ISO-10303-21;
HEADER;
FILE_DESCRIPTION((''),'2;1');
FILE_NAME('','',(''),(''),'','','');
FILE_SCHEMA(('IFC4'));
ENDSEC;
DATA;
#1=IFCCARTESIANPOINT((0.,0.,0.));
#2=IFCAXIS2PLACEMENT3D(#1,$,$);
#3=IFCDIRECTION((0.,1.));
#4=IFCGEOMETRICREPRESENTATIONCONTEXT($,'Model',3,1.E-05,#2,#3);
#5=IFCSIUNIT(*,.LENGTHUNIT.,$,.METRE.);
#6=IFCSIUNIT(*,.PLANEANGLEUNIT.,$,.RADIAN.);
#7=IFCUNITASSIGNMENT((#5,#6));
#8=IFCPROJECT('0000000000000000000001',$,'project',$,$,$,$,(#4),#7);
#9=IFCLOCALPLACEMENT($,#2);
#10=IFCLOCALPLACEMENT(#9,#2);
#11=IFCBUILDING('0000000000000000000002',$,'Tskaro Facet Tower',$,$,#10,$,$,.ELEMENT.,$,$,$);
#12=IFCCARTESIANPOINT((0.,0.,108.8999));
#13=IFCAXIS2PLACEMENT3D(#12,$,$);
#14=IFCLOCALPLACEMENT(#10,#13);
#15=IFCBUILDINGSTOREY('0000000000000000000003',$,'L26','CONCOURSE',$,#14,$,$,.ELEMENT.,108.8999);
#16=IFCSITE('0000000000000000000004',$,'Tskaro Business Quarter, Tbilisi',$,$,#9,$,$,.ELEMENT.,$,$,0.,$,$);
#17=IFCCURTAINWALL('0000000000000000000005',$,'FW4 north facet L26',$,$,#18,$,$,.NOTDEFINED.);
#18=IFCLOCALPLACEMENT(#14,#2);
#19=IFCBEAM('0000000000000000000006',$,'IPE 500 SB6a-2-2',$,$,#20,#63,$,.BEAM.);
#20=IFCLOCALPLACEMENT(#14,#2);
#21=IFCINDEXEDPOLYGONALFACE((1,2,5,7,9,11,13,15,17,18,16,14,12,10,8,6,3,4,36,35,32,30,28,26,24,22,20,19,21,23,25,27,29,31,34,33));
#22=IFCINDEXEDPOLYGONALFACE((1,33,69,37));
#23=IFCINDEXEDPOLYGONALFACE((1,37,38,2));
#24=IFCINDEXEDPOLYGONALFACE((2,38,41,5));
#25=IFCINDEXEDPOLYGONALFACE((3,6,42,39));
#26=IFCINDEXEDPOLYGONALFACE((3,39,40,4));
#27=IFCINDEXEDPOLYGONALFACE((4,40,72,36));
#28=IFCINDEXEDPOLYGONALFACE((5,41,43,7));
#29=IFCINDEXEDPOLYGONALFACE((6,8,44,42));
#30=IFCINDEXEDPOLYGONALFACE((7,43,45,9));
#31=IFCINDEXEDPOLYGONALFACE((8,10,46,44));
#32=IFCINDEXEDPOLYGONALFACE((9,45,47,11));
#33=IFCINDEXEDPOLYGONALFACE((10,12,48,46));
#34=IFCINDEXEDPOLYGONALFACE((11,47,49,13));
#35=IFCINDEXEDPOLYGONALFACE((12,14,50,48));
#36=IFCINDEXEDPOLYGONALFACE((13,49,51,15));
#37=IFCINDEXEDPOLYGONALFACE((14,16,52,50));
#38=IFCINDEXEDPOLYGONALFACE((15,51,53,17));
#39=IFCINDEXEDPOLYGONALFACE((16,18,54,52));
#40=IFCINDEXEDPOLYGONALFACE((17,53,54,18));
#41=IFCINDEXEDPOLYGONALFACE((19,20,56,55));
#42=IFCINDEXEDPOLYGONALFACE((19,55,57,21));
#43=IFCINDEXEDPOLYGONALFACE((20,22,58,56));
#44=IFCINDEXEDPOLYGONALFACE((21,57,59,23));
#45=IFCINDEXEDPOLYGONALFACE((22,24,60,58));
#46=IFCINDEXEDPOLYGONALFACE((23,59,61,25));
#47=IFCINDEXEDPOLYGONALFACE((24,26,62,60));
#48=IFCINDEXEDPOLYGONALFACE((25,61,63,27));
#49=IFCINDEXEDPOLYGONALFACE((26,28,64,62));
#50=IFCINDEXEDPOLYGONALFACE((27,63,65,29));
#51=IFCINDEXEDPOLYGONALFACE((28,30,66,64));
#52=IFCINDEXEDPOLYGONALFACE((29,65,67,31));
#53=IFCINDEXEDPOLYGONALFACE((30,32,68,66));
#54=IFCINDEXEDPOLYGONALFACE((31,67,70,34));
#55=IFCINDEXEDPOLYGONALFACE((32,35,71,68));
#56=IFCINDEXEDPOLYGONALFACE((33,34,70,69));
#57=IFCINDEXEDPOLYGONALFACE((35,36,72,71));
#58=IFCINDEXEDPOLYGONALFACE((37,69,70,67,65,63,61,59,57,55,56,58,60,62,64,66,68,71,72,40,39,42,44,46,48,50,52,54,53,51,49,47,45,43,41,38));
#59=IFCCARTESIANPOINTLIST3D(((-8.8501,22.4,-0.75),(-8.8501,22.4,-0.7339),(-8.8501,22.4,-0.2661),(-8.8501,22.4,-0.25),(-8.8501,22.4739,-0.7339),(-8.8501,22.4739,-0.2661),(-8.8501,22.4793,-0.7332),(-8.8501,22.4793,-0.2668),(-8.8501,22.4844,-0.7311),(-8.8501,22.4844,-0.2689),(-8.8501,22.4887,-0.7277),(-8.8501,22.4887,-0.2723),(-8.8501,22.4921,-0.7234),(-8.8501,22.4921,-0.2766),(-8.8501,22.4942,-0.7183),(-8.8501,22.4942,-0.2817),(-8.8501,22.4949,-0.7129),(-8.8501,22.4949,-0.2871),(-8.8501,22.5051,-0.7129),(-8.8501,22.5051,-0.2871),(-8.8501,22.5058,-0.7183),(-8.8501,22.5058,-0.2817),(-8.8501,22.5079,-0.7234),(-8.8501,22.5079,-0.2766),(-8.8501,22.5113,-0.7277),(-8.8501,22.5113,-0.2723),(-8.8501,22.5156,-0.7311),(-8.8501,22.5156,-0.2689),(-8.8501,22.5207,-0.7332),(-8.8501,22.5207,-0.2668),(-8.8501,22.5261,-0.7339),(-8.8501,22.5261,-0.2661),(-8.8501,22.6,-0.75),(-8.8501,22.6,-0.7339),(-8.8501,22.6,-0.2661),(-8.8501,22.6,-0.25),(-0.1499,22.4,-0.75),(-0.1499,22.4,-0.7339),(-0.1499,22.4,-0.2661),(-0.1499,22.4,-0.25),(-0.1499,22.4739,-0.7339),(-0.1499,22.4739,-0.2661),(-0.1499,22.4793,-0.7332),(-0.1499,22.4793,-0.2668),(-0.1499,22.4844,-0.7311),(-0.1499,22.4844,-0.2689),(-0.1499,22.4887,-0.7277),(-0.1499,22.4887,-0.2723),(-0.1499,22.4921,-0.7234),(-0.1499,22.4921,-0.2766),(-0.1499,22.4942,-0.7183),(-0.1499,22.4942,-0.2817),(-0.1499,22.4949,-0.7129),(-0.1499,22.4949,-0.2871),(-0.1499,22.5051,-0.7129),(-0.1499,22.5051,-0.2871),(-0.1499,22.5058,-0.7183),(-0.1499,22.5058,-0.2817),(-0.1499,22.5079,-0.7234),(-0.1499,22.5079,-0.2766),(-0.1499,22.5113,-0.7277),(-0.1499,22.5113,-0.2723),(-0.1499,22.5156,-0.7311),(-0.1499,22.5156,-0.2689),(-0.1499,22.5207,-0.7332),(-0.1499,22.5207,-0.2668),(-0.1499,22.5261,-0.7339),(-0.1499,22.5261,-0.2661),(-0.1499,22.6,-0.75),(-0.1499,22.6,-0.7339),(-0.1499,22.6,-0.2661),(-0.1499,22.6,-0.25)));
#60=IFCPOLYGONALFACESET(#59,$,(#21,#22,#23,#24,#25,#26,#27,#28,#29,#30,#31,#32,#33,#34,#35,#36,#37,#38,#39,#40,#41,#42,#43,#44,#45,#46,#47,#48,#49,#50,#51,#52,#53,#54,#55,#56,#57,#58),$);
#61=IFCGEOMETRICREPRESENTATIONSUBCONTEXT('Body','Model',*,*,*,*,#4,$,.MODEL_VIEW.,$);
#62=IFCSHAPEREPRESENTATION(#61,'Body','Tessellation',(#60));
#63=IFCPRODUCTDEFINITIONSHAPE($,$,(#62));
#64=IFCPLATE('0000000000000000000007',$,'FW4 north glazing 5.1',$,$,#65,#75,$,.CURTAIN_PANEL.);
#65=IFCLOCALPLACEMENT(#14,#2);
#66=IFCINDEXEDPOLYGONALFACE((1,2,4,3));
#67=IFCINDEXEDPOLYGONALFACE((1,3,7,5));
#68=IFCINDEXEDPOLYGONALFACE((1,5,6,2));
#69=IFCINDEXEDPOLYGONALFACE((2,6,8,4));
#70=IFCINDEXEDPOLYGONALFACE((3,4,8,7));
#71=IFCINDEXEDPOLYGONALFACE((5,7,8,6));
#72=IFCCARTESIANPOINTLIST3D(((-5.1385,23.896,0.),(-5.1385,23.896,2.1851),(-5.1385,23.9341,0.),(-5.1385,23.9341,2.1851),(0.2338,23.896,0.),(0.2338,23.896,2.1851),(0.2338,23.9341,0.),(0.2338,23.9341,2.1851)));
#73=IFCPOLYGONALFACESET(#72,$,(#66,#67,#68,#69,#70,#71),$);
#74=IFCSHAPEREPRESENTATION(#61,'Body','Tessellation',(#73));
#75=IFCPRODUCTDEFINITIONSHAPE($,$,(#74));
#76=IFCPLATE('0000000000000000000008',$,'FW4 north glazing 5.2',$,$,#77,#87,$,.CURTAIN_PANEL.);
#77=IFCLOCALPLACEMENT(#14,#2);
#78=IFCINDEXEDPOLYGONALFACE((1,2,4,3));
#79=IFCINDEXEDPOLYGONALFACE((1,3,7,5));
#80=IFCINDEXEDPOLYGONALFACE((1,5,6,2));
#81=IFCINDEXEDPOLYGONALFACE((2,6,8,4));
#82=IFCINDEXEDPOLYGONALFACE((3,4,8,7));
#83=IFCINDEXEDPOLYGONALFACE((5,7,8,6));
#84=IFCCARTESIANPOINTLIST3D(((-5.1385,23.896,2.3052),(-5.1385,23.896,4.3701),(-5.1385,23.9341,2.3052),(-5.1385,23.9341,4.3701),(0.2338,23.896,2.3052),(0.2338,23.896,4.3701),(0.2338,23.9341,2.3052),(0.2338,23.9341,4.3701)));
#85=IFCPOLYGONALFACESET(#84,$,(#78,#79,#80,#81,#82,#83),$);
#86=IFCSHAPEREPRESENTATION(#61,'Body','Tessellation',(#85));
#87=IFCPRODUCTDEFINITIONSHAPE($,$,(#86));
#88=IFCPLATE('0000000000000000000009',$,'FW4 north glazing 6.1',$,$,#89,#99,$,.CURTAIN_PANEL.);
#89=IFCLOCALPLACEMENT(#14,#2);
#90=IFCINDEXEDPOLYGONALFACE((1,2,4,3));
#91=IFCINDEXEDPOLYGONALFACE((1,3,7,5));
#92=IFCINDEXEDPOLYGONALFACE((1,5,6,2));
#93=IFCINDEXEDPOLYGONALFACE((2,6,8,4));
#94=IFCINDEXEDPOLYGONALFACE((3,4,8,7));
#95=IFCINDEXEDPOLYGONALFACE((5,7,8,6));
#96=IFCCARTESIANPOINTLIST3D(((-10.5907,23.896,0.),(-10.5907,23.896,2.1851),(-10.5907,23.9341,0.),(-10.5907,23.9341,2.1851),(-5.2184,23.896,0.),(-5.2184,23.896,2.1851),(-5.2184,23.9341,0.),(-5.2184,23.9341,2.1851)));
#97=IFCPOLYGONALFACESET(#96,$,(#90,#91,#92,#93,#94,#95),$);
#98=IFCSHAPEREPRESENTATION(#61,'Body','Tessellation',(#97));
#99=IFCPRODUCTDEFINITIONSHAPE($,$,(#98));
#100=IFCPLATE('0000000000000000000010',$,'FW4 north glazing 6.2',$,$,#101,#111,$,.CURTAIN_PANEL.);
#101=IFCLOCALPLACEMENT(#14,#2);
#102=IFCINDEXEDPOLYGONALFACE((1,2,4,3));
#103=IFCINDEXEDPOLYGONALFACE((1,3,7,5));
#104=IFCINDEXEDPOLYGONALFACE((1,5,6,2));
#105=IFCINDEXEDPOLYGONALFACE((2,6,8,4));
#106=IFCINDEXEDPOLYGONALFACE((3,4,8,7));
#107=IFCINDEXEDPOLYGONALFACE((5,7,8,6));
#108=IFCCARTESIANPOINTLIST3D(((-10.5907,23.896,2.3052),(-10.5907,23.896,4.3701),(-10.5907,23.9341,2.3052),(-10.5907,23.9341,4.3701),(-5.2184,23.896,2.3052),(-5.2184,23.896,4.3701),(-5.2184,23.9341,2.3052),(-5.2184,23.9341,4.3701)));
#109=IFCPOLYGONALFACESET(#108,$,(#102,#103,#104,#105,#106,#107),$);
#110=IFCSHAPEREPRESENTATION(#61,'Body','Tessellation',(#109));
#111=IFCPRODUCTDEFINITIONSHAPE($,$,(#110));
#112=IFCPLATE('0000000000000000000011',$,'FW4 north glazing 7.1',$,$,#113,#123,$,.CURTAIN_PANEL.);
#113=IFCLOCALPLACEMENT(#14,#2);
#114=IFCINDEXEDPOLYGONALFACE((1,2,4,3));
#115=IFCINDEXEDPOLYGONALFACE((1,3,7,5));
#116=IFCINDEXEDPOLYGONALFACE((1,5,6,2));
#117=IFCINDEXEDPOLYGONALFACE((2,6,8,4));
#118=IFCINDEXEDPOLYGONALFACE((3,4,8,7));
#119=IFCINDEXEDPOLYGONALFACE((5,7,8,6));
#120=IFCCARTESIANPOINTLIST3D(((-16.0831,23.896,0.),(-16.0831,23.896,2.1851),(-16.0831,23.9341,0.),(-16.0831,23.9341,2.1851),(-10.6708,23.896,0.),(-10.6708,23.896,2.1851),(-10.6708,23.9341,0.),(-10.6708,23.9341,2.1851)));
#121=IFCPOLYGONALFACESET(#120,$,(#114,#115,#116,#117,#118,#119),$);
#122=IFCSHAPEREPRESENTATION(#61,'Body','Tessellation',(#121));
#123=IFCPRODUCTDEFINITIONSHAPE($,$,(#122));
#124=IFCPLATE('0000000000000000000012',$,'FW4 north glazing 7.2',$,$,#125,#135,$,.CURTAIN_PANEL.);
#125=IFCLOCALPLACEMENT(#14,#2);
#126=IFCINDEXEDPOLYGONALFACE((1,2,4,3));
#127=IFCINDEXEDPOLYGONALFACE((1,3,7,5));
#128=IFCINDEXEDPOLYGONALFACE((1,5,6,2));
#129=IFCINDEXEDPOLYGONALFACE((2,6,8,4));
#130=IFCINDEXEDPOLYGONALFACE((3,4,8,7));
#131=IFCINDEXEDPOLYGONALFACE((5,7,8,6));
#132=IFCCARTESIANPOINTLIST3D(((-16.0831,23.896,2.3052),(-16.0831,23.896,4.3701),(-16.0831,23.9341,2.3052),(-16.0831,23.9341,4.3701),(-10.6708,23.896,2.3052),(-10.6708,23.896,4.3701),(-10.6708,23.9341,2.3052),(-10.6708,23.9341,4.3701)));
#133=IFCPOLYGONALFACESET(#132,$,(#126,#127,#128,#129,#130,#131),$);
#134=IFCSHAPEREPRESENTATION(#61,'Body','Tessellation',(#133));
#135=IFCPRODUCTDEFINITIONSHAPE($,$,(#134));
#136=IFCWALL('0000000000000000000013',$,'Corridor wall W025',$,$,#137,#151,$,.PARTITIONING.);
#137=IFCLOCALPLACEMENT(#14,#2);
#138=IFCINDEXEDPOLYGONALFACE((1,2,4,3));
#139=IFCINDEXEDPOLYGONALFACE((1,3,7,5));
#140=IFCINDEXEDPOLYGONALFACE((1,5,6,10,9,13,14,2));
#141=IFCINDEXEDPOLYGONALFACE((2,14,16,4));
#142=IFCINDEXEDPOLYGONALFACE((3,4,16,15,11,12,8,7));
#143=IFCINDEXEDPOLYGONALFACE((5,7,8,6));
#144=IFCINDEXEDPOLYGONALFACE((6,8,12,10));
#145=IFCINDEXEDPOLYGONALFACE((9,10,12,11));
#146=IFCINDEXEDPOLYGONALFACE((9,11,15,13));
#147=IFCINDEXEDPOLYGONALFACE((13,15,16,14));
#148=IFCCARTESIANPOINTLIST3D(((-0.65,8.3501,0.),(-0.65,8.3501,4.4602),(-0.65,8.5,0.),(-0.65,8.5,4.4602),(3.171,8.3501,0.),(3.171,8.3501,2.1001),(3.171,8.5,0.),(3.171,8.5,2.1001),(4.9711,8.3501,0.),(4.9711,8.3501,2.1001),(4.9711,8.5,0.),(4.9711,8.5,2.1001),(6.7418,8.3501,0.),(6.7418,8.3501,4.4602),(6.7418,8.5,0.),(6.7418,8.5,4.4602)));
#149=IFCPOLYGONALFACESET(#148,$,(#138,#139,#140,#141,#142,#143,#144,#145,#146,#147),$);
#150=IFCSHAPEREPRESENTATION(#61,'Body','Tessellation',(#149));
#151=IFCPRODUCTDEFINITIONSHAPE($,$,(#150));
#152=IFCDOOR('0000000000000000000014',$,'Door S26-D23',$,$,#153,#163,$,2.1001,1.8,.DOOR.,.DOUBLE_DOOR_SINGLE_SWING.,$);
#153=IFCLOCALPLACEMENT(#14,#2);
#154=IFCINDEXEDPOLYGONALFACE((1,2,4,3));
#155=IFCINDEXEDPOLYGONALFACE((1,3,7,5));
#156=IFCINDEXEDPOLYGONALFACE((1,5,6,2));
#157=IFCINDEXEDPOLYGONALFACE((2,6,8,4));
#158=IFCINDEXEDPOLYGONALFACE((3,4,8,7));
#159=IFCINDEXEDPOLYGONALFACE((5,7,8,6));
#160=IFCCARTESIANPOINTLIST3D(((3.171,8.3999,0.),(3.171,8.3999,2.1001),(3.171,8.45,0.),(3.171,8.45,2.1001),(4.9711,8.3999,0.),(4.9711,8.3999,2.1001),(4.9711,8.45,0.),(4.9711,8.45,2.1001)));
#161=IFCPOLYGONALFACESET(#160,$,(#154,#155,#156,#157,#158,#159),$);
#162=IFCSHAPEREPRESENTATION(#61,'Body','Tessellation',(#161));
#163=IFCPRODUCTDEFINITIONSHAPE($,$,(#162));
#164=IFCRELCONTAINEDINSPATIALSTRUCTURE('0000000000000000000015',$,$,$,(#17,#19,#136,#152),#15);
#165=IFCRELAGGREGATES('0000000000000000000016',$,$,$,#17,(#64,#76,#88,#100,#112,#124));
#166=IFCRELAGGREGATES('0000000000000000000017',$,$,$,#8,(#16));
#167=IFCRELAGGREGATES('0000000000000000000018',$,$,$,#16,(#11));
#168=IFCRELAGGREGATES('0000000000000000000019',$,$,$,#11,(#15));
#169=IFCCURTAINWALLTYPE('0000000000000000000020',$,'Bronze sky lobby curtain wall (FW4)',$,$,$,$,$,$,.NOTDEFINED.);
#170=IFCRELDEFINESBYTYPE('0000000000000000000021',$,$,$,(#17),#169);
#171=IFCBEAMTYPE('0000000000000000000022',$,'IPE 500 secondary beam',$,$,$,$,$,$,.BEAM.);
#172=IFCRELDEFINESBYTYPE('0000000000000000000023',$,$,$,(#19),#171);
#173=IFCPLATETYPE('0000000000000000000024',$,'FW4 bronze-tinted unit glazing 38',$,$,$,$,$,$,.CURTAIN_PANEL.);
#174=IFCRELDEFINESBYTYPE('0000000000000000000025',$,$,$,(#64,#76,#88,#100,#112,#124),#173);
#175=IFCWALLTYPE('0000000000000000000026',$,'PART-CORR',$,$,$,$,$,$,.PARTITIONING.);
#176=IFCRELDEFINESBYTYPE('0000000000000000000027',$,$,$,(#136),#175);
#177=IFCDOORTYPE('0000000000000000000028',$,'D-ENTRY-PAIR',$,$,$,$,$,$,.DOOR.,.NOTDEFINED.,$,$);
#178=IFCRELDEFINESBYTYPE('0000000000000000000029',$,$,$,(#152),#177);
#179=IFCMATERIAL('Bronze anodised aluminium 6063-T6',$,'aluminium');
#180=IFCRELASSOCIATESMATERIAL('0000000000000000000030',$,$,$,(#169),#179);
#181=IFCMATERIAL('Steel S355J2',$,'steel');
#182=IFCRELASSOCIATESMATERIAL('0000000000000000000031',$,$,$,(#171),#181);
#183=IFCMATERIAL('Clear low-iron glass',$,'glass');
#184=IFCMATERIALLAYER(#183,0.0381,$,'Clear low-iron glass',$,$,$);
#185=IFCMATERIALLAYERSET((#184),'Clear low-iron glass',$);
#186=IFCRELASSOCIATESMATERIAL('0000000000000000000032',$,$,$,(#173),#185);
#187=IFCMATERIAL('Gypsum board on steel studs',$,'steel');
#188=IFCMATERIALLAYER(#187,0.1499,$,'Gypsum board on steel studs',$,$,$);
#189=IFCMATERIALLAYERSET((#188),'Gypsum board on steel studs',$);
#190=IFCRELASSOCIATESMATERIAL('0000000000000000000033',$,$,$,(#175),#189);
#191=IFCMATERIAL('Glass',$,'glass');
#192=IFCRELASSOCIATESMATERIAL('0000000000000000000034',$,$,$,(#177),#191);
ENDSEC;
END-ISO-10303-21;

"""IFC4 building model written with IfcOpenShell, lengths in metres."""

from ifc_helpers import new_model, si_unit, direction, frame, frame_2d, origin, origin_2d, place, context, subcontext, project, spatial, rectangle, i_section, extrude, material, layer, layer_set, material_profile, profile_set, type_object, element, fill, aggregate, save


model = new_model("IFC4")

# Units and contexts
model_context = context("Model", 3, precision=1e-05, world=origin(), true_north=direction((0.0, 1.0)))
body_context = subcontext(model_context, "Body", "Model", "MODEL_VIEW")
ifc_project = project(units=[si_unit("LENGTHUNIT", "METRE"), si_unit("PLANEANGLEUNIT", "RADIAN")], contexts=[model_context])

# Site, building, storey
site_placement = place(None, origin())
site = spatial("IfcSite", under=ifc_project, at=site_placement, Name="Tskaro Business Quarter, Tbilisi", CompositionType="ELEMENT", RefElevation=0.0)
building_placement = place(site_placement, origin())
building = spatial("IfcBuilding", under=site, at=building_placement, Name="Tskaro Facet Tower", CompositionType="ELEMENT")
storey_placement = place(building_placement, frame((0.0, 0.0, 108.8999)))
storey = spatial("IfcBuildingStorey", under=building, at=storey_placement, Name="L26", Description="CONCOURSE", CompositionType="ELEMENT", Elevation=108.8999)

# Curtain wall
ifc_material_1 = material(Name="Bronze anodised aluminium 6063-T6", Category="aluminium")
curtain_wall_type = type_object("IfcCurtainWallType", Name="Bronze sky lobby curtain wall (FW4)", PredefinedType="NOTDEFINED", material=ifc_material_1)
curtain_wall_placement = place(storey_placement, origin())
curtain_wall = element("IfcCurtainWall", 1, at=curtain_wall_placement, inside=storey, type_object=curtain_wall_type, Name="FW4 north facet L26", PredefinedType="NOTDEFINED")

# Beam
ifc_material_2 = material(Name="Steel S355J2", Category="steel")
ifc_material_profile_1 = material_profile(ifc_material_2, i_section(OverallWidth=0.2, OverallDepth=0.5, WebThickness=0.0103, FlangeThickness=0.0161, FilletRadius=0.021, at=origin_2d()), Name="IPE 500")
ifc_profile_set_1 = profile_set([ifc_material_profile_1], Name="Steel S355J2")
beam_type_1 = type_object("IfcBeamType", Name="IPE 500 secondary beam", PredefinedType="BEAM", material=ifc_profile_set_1)
for number, where, z_axis, x_axis, name in (
    (2, (-8.8501, 22.5, -0.5), (1.0, 0.0, 0.0), (0.0, 1.0, 0.0), "IPE 500 SB6a-2-2"),
):
    element("IfcBeam", number, at=place(storey_placement, frame(where, z_axis=z_axis, x_axis=x_axis)), inside=storey, type_object=beam_type_1, Name=name, PredefinedType="BEAM", context=body_context, shape_type="SweptSolid", body=[
        extrude(i_section(OverallWidth=0.2, OverallDepth=0.5, WebThickness=0.0103, FlangeThickness=0.0161, FilletRadius=0.021, at=origin_2d()), origin(), (0.0, 0.0, 1.0), 8.7002),
    ])

# Plates
ifc_material_3 = material(Name="Clear low-iron glass", Category="glass")
ifc_layer_1 = layer(ifc_material_3, 0.0381, Name="Clear low-iron glass")
ifc_layer_set_1 = layer_set([ifc_layer_1], Name="Clear low-iron glass")
plate_type = type_object("IfcPlateType", Name="FW4 bronze-tinted unit glazing 38", PredefinedType="CURTAIN_PANEL", material=ifc_layer_set_1)
plate_1_placement = place(storey_placement, frame((-2.4524, 23.915, 0.0), z_axis=(0.0, 0.0, 1.0), x_axis=(-1.0, 0.0, 0.0)))
plate_1 = element("IfcPlate", 3, at=plate_1_placement, type_object=plate_type, Name="FW4 north glazing 5.1", PredefinedType="CURTAIN_PANEL", context=body_context, shape_type="SweptSolid", body=[
    extrude(rectangle(XDim=5.3723, YDim=0.0381, at=origin_2d()), origin(), (0.0, 0.0, 1.0), 2.1851),
])
plate_2_placement = place(storey_placement, frame((-2.4524, 23.915, 2.3052), z_axis=(0.0, 0.0, 1.0), x_axis=(-1.0, 0.0, 0.0)))
plate_2 = element("IfcPlate", 4, at=plate_2_placement, type_object=plate_type, Name="FW4 north glazing 5.2", PredefinedType="CURTAIN_PANEL", context=body_context, shape_type="SweptSolid", body=[
    extrude(rectangle(XDim=5.3723, YDim=0.0381, at=origin_2d()), origin(), (0.0, 0.0, 1.0), 2.0649),
])
plate_3_placement = place(storey_placement, frame((-7.9045, 23.915, 0.0), z_axis=(0.0, 0.0, 1.0), x_axis=(-1.0, 0.0, 0.0)))
plate_3 = element("IfcPlate", 5, at=plate_3_placement, type_object=plate_type, Name="FW4 north glazing 6.1", PredefinedType="CURTAIN_PANEL", context=body_context, shape_type="SweptSolid", body=[
    extrude(rectangle(XDim=5.3723, YDim=0.0381, at=origin_2d()), origin(), (0.0, 0.0, 1.0), 2.1851),
])
plate_4_placement = place(storey_placement, frame((-7.9045, 23.915, 2.3052), z_axis=(0.0, 0.0, 1.0), x_axis=(-1.0, 0.0, 0.0)))
plate_4 = element("IfcPlate", 6, at=plate_4_placement, type_object=plate_type, Name="FW4 north glazing 6.2", PredefinedType="CURTAIN_PANEL", context=body_context, shape_type="SweptSolid", body=[
    extrude(rectangle(XDim=5.3723, YDim=0.0381, at=origin_2d()), origin(), (0.0, 0.0, 1.0), 2.0649),
])
plate_5_placement = place(storey_placement, frame((-13.377, 23.915, 0.0), z_axis=(0.0, 0.0, 1.0), x_axis=(-1.0, 0.0, 0.0)))
plate_5 = element("IfcPlate", 7, at=plate_5_placement, type_object=plate_type, Name="FW4 north glazing 7.1", PredefinedType="CURTAIN_PANEL", context=body_context, shape_type="SweptSolid", body=[
    extrude(rectangle(XDim=5.4124, YDim=0.0381, at=origin_2d()), origin(), (0.0, 0.0, 1.0), 2.1851),
])
plate_6_placement = place(storey_placement, frame((-13.377, 23.915, 2.3052), z_axis=(0.0, 0.0, 1.0), x_axis=(-1.0, 0.0, 0.0)))
plate_6 = element("IfcPlate", 8, at=plate_6_placement, type_object=plate_type, Name="FW4 north glazing 7.2", PredefinedType="CURTAIN_PANEL", context=body_context, shape_type="SweptSolid", body=[
    extrude(rectangle(XDim=5.4124, YDim=0.0381, at=origin_2d()), origin(), (0.0, 0.0, 1.0), 2.0649),
])
aggregate(curtain_wall, [plate_1, plate_2, plate_3, plate_4, plate_5, plate_6])

# Wall, opening, door
ifc_material_4 = material(Name="Gypsum board on steel studs", Category="steel")
ifc_layer_2 = layer(ifc_material_4, 0.1499, Name="Gypsum board on steel studs")
ifc_layer_set_2 = layer_set([ifc_layer_2], Name="Gypsum board on steel studs")
wall_type = type_object("IfcWallType", Name="PART-CORR", PredefinedType="PARTITIONING", material=ifc_layer_set_2)
wall_placement = place(storey_placement, frame((-0.6499, 8.425, 0.0), z_axis=(0.0, 0.0, 1.0), x_axis=(1.0, 0.0, 0.0)))
wall = element("IfcWall", 9, at=wall_placement, inside=storey, type_object=wall_type, Name="Corridor wall W025", PredefinedType="PARTITIONING", context=body_context, shape_type="SweptSolid", body=[
    extrude(rectangle(XDim=7.3918, YDim=0.1499, at=frame_2d((3.6958, 0.0))), origin(), (0.0, 0.0, 1.0), 4.4602),
])
opening_placement = place(wall_placement, frame((3.821, 0.0, 0.0)))
opening = element("IfcOpeningElement", 10, at=opening_placement, cuts=wall, PredefinedType="OPENING", context=body_context, shape_type="SweptSolid", body=[
    extrude(rectangle(XDim=1.8, YDim=2.1001, at=frame_2d((0.8999, 1.05))), frame((0.0, 0.085, 0.0), z_axis=(0.0, -1.0, 0.0), x_axis=(1.0, 0.0, 0.0)), (0.0, 0.0, 1.0), 0.1699),
])
ifc_material_5 = material(Name="Glass", Category="glass")
door_type = type_object("IfcDoorType", Name="D-ENTRY-PAIR", OperationType="NOTDEFINED", PredefinedType="DOOR", material=ifc_material_5)
door_placement = place(opening_placement, origin())
door = element("IfcDoor", 11, at=door_placement, inside=storey, type_object=door_type, Name="Door S26-D23", OperationType="DOUBLE_DOOR_SINGLE_SWING", OverallHeight=2.1001, OverallWidth=1.8, PredefinedType="DOOR", context=body_context, shape_type="SweptSolid", body=[
    extrude(rectangle(XDim=1.8, YDim=2.1001, at=frame_2d((0.8999, 1.05))), frame((0.0, 0.0249, 0.0), z_axis=(0.0, -1.0, 0.0), x_axis=(1.0, 0.0, 0.0)), (0.0, 0.0, 1.0), 0.05),
])
fill(opening, door)

save(model, "model.ifc")
